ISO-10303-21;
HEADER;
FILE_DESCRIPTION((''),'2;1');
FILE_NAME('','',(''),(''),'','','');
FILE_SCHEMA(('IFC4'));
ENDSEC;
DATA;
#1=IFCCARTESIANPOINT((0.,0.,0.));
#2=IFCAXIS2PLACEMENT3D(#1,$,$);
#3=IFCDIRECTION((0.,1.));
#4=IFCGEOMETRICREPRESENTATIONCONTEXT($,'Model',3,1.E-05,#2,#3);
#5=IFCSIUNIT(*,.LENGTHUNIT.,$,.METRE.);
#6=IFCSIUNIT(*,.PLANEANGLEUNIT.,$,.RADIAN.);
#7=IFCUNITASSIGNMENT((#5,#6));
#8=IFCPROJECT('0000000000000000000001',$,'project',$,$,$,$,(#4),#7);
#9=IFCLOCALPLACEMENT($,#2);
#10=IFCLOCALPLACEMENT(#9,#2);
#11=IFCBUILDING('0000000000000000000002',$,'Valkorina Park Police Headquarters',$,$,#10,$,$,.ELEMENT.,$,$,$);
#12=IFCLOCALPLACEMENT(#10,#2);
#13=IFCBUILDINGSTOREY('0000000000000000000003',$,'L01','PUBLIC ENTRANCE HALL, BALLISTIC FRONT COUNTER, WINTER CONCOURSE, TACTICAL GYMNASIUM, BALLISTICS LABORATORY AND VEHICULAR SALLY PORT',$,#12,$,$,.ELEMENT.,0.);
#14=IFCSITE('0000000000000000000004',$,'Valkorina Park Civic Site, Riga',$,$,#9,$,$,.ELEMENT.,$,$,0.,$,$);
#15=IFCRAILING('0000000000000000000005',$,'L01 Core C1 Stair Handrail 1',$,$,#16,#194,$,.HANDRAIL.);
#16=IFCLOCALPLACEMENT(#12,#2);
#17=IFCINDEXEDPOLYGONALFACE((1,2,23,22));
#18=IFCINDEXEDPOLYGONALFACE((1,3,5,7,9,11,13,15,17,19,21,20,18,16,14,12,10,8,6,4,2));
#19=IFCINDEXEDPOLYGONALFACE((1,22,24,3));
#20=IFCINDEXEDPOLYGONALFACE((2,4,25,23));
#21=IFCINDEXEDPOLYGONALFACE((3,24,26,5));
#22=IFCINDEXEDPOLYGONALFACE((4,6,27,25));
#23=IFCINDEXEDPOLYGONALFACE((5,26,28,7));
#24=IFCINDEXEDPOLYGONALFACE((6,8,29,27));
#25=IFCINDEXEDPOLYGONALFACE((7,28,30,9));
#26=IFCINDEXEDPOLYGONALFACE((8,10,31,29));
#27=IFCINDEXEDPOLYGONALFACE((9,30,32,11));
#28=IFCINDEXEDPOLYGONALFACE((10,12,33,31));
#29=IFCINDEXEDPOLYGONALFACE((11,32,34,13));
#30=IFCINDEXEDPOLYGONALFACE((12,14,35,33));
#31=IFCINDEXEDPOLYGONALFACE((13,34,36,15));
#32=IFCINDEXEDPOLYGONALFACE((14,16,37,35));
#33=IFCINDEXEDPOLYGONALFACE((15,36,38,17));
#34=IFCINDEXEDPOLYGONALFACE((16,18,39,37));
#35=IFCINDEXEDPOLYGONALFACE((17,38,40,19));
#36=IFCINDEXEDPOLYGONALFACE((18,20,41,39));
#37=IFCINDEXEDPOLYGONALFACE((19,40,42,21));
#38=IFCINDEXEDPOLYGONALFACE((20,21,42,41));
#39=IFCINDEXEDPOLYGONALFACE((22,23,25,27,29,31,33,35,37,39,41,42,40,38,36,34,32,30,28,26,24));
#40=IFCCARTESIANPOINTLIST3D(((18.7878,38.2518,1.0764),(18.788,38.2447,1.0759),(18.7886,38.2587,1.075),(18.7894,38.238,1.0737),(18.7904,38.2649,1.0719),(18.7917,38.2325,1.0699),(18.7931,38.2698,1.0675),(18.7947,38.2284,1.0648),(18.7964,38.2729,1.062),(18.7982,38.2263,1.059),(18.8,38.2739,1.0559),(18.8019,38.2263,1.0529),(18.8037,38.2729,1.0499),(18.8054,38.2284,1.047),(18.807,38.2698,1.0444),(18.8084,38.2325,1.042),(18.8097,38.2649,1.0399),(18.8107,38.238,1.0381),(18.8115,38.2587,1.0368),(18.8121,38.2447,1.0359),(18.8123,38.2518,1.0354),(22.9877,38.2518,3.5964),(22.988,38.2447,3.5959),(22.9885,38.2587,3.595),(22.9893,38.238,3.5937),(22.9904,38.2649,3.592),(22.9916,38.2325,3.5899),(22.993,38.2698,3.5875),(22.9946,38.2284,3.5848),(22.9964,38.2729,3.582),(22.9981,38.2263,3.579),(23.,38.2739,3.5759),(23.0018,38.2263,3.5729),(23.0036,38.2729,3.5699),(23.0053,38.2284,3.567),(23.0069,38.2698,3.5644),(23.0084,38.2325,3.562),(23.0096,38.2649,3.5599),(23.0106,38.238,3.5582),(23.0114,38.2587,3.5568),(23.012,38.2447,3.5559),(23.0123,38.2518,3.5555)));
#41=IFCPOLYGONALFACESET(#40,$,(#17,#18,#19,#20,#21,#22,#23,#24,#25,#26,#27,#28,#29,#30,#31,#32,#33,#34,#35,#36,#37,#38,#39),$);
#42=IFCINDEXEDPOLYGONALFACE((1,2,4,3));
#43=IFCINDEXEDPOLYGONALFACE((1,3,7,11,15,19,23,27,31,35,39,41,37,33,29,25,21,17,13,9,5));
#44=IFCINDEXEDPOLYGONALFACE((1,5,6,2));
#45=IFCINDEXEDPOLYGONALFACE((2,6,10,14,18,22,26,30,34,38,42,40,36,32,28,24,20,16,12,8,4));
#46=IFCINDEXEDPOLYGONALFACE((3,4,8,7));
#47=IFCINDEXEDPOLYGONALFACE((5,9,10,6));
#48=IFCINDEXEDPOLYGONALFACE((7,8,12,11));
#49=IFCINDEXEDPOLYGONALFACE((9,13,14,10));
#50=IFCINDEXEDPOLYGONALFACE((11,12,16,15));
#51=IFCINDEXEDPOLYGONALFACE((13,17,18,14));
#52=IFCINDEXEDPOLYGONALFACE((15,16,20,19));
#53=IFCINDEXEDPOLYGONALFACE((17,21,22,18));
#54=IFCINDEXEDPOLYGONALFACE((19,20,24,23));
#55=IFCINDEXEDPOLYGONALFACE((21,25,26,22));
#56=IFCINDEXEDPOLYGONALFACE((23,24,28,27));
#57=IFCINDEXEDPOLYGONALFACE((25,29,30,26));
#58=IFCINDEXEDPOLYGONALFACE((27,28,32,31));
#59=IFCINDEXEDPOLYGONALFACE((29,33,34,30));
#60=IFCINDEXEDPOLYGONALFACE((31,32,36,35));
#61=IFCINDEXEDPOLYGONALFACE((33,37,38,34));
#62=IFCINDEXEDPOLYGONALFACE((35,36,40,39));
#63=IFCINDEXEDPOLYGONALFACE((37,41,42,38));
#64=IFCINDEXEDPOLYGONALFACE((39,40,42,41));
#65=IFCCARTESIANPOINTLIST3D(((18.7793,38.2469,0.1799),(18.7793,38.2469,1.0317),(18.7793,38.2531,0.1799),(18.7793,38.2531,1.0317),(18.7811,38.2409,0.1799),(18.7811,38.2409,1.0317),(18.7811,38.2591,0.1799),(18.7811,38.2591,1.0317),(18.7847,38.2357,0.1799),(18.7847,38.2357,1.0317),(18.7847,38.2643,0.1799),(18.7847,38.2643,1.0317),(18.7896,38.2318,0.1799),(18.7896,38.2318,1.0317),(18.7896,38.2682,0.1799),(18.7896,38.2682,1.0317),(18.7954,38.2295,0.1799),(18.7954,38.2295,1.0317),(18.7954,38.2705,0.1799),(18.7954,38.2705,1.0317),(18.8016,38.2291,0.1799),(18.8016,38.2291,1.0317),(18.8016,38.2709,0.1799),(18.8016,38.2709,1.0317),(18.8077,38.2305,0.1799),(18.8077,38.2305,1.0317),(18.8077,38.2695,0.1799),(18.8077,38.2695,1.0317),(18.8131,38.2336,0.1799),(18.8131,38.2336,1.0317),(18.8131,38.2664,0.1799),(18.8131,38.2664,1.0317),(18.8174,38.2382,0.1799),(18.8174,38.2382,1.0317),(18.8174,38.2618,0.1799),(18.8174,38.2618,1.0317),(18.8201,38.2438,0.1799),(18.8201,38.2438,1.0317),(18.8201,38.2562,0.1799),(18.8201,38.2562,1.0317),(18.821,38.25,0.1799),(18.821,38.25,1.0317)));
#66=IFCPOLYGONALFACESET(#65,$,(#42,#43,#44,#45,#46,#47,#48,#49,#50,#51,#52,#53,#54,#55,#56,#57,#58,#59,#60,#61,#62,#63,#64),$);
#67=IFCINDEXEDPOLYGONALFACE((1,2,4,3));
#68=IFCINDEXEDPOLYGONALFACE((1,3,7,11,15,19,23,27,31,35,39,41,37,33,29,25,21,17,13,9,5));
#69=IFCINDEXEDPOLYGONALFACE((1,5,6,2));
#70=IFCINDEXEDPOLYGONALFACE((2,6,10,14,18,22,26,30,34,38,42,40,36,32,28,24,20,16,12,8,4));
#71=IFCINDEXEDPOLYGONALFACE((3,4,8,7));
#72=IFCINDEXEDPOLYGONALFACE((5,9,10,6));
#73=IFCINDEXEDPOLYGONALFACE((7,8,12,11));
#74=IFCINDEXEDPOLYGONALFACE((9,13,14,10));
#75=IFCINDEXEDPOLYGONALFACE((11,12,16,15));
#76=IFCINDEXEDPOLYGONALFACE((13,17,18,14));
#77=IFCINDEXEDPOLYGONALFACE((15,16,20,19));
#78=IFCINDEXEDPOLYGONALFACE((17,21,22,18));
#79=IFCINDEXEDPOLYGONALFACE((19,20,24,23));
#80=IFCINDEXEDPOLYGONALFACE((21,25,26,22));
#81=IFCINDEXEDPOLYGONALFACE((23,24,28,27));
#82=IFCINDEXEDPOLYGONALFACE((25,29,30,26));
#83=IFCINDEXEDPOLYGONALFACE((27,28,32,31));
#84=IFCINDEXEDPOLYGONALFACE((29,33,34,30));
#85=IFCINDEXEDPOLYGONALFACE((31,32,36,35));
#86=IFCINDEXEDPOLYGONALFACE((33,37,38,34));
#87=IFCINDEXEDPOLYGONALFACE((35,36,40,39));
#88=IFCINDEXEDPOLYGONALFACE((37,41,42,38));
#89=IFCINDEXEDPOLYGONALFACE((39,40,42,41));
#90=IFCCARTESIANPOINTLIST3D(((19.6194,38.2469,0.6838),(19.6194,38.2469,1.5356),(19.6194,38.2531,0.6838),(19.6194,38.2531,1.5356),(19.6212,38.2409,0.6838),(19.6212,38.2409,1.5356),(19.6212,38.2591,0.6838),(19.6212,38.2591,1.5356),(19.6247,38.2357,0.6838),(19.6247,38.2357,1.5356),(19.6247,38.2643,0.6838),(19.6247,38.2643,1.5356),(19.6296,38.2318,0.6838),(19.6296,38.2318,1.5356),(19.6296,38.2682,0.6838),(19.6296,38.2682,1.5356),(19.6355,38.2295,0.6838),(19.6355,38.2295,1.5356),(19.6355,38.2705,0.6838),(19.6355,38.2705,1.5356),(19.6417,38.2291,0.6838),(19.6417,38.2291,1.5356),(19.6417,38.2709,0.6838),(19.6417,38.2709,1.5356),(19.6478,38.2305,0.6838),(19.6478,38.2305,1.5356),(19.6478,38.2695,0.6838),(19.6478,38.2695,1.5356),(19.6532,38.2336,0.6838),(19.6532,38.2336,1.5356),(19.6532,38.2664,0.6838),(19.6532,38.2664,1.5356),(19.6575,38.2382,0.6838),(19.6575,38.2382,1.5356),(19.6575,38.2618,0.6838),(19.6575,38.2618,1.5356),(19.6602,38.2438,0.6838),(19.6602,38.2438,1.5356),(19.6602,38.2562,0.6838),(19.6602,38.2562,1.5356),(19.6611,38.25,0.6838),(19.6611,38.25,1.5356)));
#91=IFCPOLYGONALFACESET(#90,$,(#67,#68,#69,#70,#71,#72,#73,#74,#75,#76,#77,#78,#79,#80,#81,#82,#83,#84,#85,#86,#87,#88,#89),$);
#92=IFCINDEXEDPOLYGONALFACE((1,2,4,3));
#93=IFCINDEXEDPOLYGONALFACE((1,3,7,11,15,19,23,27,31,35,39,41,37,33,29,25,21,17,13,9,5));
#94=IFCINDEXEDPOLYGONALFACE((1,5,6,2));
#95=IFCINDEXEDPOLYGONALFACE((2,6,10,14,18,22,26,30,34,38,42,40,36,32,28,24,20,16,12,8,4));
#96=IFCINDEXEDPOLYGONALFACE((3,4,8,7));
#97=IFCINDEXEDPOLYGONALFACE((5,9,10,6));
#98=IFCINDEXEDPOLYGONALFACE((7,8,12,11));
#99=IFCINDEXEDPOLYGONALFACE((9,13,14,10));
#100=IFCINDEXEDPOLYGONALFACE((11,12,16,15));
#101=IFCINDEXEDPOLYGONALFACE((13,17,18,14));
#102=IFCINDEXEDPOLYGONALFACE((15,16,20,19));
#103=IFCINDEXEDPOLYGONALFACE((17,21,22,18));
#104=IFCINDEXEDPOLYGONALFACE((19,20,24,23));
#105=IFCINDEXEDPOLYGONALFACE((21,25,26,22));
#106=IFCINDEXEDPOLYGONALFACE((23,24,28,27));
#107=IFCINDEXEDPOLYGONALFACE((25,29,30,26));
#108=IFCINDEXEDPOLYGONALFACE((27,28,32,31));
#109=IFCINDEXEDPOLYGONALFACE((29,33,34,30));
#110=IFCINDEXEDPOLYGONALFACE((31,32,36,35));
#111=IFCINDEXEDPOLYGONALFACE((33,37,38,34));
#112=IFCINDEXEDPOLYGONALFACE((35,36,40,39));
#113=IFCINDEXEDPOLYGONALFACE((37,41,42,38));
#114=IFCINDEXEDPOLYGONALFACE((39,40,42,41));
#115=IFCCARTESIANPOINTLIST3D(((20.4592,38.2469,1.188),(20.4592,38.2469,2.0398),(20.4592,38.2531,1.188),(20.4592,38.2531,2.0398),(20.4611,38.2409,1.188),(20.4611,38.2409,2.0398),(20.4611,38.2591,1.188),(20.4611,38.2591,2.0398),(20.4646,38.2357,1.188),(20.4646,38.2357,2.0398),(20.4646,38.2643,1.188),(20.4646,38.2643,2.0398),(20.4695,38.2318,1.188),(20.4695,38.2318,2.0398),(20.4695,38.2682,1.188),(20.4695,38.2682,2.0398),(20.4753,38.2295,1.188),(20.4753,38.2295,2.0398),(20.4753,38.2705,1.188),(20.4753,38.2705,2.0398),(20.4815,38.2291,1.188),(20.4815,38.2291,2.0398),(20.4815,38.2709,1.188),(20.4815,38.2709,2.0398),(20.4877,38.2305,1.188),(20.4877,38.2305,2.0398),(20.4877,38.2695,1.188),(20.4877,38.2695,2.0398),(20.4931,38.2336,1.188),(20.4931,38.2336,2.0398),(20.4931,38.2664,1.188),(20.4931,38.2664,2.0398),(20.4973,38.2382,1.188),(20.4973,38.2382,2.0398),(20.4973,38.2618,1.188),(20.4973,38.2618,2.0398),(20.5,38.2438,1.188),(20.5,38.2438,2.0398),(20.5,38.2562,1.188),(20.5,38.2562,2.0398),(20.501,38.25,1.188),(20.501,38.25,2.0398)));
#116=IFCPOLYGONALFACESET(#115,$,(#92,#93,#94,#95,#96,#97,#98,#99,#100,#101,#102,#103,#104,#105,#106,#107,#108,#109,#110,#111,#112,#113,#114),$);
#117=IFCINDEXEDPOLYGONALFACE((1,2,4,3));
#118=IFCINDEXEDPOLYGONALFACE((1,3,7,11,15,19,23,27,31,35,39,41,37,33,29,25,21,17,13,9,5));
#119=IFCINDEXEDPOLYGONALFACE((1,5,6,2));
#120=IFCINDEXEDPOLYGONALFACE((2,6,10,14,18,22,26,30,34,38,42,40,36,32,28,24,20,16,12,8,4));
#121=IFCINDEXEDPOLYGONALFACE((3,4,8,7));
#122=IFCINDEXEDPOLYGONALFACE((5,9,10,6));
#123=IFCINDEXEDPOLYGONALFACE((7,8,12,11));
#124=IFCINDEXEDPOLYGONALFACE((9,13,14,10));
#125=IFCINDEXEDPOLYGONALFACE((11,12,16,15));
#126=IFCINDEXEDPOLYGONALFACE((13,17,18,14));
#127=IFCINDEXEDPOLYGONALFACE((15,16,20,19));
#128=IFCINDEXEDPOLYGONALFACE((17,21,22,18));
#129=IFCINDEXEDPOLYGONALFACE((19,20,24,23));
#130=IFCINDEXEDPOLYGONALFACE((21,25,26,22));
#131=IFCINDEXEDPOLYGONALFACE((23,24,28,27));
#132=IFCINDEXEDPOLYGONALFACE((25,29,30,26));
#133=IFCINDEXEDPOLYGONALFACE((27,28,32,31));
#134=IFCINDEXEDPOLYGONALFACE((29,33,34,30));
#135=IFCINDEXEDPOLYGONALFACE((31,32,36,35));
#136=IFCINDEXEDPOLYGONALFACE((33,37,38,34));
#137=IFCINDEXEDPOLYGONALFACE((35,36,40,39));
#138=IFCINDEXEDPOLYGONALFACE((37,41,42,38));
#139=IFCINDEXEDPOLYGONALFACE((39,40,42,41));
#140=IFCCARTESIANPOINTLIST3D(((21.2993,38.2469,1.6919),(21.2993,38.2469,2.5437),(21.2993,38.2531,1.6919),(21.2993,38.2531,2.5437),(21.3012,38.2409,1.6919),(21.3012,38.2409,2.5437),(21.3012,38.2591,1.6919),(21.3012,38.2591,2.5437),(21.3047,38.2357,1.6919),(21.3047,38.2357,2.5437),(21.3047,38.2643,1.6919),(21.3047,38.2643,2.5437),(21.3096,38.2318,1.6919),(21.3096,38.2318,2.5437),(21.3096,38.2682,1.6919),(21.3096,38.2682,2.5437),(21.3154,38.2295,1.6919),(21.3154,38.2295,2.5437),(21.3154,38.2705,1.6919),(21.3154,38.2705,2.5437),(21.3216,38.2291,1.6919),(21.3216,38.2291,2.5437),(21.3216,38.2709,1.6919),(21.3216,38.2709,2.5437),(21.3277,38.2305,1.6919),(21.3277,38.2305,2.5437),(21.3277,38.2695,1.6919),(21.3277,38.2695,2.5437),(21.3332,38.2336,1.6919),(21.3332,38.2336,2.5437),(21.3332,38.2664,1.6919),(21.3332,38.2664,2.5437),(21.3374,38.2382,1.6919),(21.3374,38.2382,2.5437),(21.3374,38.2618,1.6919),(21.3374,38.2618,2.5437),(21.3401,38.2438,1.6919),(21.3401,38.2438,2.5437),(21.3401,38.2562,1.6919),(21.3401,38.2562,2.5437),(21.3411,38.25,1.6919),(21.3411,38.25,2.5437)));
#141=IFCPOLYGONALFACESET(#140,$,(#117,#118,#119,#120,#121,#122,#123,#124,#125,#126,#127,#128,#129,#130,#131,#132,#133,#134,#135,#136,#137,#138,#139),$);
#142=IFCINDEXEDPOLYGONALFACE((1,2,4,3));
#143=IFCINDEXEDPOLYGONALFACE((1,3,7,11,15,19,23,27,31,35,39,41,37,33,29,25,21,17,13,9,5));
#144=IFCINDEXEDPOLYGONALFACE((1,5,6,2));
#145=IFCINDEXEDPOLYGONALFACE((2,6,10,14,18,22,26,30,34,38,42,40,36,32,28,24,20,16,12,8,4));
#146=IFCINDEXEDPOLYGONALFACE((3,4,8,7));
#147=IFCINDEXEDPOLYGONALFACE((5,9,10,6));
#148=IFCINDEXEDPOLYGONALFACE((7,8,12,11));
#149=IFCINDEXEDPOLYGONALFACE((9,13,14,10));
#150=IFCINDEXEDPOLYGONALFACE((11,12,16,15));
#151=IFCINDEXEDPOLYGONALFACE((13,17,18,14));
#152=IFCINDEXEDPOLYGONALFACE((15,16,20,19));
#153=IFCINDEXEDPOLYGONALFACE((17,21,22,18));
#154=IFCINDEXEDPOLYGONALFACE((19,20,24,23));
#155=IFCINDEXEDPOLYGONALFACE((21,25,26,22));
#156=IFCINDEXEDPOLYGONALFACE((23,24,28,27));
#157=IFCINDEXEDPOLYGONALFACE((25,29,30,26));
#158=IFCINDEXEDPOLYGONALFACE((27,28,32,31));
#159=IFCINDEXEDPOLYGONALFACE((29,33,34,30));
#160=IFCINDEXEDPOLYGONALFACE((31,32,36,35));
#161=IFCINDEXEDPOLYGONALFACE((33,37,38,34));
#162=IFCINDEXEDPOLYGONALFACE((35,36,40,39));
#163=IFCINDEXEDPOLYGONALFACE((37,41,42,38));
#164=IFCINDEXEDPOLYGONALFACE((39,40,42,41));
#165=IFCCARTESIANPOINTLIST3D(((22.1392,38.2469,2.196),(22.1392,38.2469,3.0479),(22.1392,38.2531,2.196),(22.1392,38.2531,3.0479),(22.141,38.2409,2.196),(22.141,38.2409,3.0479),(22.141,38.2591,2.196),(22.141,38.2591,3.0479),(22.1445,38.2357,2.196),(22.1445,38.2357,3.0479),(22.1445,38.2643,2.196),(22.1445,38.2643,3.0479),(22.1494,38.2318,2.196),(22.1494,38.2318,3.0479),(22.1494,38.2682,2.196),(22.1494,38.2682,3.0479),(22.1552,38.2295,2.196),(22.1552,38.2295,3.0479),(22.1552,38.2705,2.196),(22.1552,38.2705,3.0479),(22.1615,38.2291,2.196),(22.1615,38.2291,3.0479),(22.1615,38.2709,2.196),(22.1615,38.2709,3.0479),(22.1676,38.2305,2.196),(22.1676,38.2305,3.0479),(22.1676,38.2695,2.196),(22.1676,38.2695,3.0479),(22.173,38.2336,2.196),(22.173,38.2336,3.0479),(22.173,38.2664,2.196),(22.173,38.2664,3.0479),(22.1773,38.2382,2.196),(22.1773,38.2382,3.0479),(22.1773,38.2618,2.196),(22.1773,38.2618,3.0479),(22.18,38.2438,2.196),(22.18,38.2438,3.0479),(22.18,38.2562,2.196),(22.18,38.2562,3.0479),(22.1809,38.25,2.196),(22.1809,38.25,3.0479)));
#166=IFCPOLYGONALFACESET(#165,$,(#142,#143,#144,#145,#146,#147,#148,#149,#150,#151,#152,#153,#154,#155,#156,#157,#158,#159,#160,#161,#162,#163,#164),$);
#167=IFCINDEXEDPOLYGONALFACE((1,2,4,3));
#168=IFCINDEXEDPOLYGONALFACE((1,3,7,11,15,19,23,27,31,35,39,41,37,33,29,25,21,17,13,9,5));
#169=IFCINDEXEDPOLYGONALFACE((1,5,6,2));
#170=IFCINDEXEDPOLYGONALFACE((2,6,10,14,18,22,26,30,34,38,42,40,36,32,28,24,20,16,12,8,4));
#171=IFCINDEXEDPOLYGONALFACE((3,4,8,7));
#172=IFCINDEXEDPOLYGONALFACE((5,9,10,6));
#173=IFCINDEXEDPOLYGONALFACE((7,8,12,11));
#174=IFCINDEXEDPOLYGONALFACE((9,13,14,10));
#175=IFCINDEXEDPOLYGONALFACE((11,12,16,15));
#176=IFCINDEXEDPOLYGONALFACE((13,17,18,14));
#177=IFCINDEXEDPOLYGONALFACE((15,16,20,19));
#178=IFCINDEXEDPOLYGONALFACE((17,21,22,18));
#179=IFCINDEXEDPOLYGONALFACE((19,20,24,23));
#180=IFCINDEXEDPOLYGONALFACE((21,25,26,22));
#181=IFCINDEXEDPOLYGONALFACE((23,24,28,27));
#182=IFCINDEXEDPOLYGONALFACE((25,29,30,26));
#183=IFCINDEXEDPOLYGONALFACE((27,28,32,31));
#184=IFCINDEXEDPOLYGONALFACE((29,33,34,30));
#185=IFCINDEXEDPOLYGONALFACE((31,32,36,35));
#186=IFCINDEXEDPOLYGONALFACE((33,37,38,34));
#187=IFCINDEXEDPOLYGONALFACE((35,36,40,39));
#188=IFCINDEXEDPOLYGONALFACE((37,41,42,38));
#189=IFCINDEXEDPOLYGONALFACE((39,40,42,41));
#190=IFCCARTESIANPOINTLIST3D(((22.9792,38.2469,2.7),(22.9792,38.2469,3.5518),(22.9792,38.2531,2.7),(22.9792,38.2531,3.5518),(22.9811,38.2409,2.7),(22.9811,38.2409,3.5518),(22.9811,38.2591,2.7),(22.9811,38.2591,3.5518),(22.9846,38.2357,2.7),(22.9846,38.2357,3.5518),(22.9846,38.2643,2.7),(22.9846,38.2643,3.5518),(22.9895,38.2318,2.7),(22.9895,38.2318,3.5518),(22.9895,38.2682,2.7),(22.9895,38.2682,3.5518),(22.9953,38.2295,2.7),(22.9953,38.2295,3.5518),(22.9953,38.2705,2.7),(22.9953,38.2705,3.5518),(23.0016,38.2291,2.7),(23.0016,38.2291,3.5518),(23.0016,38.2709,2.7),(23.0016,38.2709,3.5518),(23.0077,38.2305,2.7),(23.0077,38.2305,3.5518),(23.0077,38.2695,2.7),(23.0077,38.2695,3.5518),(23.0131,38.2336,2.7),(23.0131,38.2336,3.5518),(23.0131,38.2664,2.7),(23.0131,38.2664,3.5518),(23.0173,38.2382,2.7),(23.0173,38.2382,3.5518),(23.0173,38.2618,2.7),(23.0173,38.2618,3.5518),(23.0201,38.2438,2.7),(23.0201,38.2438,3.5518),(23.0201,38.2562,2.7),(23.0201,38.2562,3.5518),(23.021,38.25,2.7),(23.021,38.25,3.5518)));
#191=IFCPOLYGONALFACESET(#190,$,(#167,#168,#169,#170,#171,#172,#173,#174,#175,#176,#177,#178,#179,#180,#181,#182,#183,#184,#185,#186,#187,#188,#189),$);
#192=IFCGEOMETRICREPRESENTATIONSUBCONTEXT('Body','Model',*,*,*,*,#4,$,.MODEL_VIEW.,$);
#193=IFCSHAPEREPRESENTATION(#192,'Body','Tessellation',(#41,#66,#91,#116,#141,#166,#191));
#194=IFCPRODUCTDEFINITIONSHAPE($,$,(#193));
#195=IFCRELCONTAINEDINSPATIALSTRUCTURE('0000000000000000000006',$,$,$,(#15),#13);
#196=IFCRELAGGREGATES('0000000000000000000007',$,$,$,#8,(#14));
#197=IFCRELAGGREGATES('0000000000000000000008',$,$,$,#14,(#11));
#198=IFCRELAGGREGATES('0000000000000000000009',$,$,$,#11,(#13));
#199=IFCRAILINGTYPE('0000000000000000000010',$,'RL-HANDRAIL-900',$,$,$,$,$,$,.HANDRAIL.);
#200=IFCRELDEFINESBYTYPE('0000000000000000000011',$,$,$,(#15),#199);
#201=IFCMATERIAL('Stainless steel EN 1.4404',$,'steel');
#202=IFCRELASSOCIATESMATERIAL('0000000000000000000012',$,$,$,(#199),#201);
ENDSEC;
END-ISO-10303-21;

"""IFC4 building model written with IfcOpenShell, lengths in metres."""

from ifc_helpers import new_model, si_unit, direction, frame, origin, origin_2d, place, context, subcontext, project, spatial, circle, extrude, material, type_object, element, save


model = new_model("IFC4")

# Units and contexts
model_context = context("Model", 3, precision=1e-05, world=origin(), true_north=direction((0.0, 1.0)))
body_context = subcontext(model_context, "Body", "Model", "MODEL_VIEW")
ifc_project = project(units=[si_unit("LENGTHUNIT", "METRE"), si_unit("PLANEANGLEUNIT", "RADIAN")], contexts=[model_context])

# Site, building, storey
site_placement = place(None, origin())
site = spatial("IfcSite", under=ifc_project, at=site_placement, Name="Valkorina Park Civic Site, Riga", CompositionType="ELEMENT", RefElevation=0.0)
building_placement = place(site_placement, origin())
building = spatial("IfcBuilding", under=site, at=building_placement, Name="Valkorina Park Police Headquarters", CompositionType="ELEMENT")
storey_placement = place(building_placement, origin())
storey = spatial("IfcBuildingStorey", under=building, at=storey_placement, Name="L01", Description="PUBLIC ENTRANCE HALL, BALLISTIC FRONT COUNTER, WINTER CONCOURSE, TACTICAL GYMNASIUM, BALLISTICS LABORATORY AND VEHICULAR SALLY PORT", CompositionType="ELEMENT", Elevation=0.0)

# Shared definitions
ifc_material_1 = material(Name="Stainless steel EN 1.4404", Category="steel")

# Railing
railing_type_1 = type_object("IfcRailingType", Name="RL-HANDRAIL-900", PredefinedType="HANDRAIL", material=ifc_material_1)
railing_1_placement = place(storey_placement, frame((18.8, 38.25, 0.1799)))
element("IfcRailing", 1, at=railing_1_placement, inside=storey, type_object=railing_type_1, Name="L01 Core C1 Stair Handrail 1", PredefinedType="HANDRAIL", context=body_context, shape_type="SweptSolid", body=[
    extrude(circle(Radius=0.0239, at=origin_2d()), frame((0.0, 0.0, 0.876), z_axis=(0.857489, 0.0, 0.514503), x_axis=(0.0, 1.0, 0.0)), (0.0, 0.0, 1.0), 4.8979),
    extrude(circle(Radius=0.021, at=origin_2d()), origin(), (0.0, 0.0, 1.0), 0.8518),
    extrude(circle(Radius=0.021, at=origin_2d()), frame((0.8401, 0.0, 0.5039)), (0.0, 0.0, 1.0), 0.8518),
    extrude(circle(Radius=0.021, at=origin_2d()), frame((1.6799, 0.0, 1.0081)), (0.0, 0.0, 1.0), 0.8518),
    extrude(circle(Radius=0.021, at=origin_2d()), frame((2.52, 0.0, 1.512)), (0.0, 0.0, 1.0), 0.8518),
    extrude(circle(Radius=0.021, at=origin_2d()), frame((3.3599, 0.0, 2.0161)), (0.0, 0.0, 1.0), 0.8518),
    extrude(circle(Radius=0.021, at=origin_2d()), frame((4.2, 0.0, 2.52)), (0.0, 0.0, 1.0), 0.8518),
])

save(model, "model.ifc")
